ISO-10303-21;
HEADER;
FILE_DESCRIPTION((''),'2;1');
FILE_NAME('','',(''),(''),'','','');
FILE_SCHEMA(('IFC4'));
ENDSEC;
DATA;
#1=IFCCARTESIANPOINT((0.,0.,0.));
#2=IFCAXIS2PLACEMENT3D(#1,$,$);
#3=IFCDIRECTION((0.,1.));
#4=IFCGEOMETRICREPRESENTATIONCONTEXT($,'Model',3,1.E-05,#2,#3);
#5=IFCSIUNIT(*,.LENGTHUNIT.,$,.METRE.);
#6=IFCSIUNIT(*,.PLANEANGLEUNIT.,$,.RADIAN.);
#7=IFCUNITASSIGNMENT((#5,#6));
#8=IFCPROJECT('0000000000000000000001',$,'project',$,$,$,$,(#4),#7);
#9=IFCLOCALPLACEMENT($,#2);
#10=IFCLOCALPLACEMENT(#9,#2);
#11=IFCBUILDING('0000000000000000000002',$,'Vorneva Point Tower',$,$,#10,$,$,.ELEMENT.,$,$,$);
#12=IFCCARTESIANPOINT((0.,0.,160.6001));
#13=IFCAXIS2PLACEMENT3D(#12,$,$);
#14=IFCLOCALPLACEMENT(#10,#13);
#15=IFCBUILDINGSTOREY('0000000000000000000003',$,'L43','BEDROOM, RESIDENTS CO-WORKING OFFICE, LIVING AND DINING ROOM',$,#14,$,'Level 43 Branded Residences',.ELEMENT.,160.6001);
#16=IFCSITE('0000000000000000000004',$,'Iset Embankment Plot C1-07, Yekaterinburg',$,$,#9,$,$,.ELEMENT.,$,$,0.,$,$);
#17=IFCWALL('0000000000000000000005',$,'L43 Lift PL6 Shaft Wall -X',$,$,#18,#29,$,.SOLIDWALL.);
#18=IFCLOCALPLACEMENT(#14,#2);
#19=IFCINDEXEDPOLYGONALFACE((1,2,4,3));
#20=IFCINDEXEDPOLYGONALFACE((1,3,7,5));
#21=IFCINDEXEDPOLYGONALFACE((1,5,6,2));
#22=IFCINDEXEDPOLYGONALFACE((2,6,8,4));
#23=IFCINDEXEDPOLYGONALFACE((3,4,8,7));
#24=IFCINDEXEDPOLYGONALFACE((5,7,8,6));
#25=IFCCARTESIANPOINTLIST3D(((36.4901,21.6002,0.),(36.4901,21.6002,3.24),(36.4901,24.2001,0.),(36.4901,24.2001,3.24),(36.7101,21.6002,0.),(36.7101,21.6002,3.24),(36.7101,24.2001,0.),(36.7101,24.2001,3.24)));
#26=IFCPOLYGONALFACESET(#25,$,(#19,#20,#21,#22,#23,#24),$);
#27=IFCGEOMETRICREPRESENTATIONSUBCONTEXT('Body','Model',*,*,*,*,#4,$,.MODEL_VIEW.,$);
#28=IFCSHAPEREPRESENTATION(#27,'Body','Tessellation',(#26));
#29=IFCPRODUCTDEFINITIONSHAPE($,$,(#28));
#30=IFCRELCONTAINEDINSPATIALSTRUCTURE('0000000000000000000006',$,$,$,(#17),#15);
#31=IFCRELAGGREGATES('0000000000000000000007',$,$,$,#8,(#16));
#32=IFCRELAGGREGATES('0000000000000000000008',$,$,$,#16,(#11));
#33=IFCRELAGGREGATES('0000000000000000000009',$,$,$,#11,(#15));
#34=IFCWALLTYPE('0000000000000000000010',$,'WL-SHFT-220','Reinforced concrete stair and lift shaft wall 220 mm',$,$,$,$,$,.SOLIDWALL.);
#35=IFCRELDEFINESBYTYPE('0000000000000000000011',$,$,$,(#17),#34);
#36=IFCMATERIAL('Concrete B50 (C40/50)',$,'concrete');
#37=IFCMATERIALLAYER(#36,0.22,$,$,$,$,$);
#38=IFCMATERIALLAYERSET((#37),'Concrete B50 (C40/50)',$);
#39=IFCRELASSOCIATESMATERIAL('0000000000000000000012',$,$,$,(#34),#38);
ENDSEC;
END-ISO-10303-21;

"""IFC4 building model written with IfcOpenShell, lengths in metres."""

from ifc_helpers import new_model, si_unit, direction, frame, frame_2d, origin, place, context, subcontext, project, spatial, rectangle, extrude, material, layer, layer_set, type_object, element, save


model = new_model("IFC4")

# Units and contexts
model_context = context("Model", 3, precision=1e-05, world=origin(), true_north=direction((0.0, 1.0)))
body_context = subcontext(model_context, "Body", "Model", "MODEL_VIEW")
ifc_project = project(units=[si_unit("LENGTHUNIT", "METRE"), si_unit("PLANEANGLEUNIT", "RADIAN")], contexts=[model_context])

# Site, building, storey
site_placement = place(None, origin())
site = spatial("IfcSite", under=ifc_project, at=site_placement, Name="Iset Embankment Plot C1-07, Yekaterinburg", CompositionType="ELEMENT", RefElevation=0.0)
building_placement = place(site_placement, origin())
building = spatial("IfcBuilding", under=site, at=building_placement, Name="Vorneva Point Tower", CompositionType="ELEMENT")
storey_placement = place(building_placement, frame((0.0, 0.0, 160.6001)))
storey = spatial("IfcBuildingStorey", under=building, at=storey_placement, Name="L43", Description="BEDROOM, RESIDENTS CO-WORKING OFFICE, LIVING AND DINING ROOM", LongName="Level 43 Branded Residences", CompositionType="ELEMENT", Elevation=160.6001)

# Shared definitions
ifc_material_1 = material(Name="Concrete B50 (C40/50)", Category="concrete")
ifc_layer_1 = layer(ifc_material_1, 0.22)
ifc_layer_set_1 = layer_set([ifc_layer_1], Name="Concrete B50 (C40/50)")
wall_type_1 = type_object("IfcWallType", Name="WL-SHFT-220", Description="Reinforced concrete stair and lift shaft wall 220 mm", PredefinedType="SOLIDWALL", material=ifc_layer_set_1)

# Wall
wall_1_placement = place(storey_placement, frame((36.6001, 24.2, 0.0), z_axis=(0.0, 0.0, 1.0), x_axis=(0.0, -1.0, 0.0)))
element("IfcWall", 1, at=wall_1_placement, inside=storey, type_object=wall_type_1, Name="L43 Lift PL6 Shaft Wall -X", PredefinedType="SOLIDWALL", context=body_context, shape_type="SweptSolid", body=[
    extrude(rectangle(XDim=2.5999, YDim=0.22, at=frame_2d((1.2998, 0.0))), origin(), (0.0, 0.0, 1.0), 3.24),
])

save(model, "model.ifc")
